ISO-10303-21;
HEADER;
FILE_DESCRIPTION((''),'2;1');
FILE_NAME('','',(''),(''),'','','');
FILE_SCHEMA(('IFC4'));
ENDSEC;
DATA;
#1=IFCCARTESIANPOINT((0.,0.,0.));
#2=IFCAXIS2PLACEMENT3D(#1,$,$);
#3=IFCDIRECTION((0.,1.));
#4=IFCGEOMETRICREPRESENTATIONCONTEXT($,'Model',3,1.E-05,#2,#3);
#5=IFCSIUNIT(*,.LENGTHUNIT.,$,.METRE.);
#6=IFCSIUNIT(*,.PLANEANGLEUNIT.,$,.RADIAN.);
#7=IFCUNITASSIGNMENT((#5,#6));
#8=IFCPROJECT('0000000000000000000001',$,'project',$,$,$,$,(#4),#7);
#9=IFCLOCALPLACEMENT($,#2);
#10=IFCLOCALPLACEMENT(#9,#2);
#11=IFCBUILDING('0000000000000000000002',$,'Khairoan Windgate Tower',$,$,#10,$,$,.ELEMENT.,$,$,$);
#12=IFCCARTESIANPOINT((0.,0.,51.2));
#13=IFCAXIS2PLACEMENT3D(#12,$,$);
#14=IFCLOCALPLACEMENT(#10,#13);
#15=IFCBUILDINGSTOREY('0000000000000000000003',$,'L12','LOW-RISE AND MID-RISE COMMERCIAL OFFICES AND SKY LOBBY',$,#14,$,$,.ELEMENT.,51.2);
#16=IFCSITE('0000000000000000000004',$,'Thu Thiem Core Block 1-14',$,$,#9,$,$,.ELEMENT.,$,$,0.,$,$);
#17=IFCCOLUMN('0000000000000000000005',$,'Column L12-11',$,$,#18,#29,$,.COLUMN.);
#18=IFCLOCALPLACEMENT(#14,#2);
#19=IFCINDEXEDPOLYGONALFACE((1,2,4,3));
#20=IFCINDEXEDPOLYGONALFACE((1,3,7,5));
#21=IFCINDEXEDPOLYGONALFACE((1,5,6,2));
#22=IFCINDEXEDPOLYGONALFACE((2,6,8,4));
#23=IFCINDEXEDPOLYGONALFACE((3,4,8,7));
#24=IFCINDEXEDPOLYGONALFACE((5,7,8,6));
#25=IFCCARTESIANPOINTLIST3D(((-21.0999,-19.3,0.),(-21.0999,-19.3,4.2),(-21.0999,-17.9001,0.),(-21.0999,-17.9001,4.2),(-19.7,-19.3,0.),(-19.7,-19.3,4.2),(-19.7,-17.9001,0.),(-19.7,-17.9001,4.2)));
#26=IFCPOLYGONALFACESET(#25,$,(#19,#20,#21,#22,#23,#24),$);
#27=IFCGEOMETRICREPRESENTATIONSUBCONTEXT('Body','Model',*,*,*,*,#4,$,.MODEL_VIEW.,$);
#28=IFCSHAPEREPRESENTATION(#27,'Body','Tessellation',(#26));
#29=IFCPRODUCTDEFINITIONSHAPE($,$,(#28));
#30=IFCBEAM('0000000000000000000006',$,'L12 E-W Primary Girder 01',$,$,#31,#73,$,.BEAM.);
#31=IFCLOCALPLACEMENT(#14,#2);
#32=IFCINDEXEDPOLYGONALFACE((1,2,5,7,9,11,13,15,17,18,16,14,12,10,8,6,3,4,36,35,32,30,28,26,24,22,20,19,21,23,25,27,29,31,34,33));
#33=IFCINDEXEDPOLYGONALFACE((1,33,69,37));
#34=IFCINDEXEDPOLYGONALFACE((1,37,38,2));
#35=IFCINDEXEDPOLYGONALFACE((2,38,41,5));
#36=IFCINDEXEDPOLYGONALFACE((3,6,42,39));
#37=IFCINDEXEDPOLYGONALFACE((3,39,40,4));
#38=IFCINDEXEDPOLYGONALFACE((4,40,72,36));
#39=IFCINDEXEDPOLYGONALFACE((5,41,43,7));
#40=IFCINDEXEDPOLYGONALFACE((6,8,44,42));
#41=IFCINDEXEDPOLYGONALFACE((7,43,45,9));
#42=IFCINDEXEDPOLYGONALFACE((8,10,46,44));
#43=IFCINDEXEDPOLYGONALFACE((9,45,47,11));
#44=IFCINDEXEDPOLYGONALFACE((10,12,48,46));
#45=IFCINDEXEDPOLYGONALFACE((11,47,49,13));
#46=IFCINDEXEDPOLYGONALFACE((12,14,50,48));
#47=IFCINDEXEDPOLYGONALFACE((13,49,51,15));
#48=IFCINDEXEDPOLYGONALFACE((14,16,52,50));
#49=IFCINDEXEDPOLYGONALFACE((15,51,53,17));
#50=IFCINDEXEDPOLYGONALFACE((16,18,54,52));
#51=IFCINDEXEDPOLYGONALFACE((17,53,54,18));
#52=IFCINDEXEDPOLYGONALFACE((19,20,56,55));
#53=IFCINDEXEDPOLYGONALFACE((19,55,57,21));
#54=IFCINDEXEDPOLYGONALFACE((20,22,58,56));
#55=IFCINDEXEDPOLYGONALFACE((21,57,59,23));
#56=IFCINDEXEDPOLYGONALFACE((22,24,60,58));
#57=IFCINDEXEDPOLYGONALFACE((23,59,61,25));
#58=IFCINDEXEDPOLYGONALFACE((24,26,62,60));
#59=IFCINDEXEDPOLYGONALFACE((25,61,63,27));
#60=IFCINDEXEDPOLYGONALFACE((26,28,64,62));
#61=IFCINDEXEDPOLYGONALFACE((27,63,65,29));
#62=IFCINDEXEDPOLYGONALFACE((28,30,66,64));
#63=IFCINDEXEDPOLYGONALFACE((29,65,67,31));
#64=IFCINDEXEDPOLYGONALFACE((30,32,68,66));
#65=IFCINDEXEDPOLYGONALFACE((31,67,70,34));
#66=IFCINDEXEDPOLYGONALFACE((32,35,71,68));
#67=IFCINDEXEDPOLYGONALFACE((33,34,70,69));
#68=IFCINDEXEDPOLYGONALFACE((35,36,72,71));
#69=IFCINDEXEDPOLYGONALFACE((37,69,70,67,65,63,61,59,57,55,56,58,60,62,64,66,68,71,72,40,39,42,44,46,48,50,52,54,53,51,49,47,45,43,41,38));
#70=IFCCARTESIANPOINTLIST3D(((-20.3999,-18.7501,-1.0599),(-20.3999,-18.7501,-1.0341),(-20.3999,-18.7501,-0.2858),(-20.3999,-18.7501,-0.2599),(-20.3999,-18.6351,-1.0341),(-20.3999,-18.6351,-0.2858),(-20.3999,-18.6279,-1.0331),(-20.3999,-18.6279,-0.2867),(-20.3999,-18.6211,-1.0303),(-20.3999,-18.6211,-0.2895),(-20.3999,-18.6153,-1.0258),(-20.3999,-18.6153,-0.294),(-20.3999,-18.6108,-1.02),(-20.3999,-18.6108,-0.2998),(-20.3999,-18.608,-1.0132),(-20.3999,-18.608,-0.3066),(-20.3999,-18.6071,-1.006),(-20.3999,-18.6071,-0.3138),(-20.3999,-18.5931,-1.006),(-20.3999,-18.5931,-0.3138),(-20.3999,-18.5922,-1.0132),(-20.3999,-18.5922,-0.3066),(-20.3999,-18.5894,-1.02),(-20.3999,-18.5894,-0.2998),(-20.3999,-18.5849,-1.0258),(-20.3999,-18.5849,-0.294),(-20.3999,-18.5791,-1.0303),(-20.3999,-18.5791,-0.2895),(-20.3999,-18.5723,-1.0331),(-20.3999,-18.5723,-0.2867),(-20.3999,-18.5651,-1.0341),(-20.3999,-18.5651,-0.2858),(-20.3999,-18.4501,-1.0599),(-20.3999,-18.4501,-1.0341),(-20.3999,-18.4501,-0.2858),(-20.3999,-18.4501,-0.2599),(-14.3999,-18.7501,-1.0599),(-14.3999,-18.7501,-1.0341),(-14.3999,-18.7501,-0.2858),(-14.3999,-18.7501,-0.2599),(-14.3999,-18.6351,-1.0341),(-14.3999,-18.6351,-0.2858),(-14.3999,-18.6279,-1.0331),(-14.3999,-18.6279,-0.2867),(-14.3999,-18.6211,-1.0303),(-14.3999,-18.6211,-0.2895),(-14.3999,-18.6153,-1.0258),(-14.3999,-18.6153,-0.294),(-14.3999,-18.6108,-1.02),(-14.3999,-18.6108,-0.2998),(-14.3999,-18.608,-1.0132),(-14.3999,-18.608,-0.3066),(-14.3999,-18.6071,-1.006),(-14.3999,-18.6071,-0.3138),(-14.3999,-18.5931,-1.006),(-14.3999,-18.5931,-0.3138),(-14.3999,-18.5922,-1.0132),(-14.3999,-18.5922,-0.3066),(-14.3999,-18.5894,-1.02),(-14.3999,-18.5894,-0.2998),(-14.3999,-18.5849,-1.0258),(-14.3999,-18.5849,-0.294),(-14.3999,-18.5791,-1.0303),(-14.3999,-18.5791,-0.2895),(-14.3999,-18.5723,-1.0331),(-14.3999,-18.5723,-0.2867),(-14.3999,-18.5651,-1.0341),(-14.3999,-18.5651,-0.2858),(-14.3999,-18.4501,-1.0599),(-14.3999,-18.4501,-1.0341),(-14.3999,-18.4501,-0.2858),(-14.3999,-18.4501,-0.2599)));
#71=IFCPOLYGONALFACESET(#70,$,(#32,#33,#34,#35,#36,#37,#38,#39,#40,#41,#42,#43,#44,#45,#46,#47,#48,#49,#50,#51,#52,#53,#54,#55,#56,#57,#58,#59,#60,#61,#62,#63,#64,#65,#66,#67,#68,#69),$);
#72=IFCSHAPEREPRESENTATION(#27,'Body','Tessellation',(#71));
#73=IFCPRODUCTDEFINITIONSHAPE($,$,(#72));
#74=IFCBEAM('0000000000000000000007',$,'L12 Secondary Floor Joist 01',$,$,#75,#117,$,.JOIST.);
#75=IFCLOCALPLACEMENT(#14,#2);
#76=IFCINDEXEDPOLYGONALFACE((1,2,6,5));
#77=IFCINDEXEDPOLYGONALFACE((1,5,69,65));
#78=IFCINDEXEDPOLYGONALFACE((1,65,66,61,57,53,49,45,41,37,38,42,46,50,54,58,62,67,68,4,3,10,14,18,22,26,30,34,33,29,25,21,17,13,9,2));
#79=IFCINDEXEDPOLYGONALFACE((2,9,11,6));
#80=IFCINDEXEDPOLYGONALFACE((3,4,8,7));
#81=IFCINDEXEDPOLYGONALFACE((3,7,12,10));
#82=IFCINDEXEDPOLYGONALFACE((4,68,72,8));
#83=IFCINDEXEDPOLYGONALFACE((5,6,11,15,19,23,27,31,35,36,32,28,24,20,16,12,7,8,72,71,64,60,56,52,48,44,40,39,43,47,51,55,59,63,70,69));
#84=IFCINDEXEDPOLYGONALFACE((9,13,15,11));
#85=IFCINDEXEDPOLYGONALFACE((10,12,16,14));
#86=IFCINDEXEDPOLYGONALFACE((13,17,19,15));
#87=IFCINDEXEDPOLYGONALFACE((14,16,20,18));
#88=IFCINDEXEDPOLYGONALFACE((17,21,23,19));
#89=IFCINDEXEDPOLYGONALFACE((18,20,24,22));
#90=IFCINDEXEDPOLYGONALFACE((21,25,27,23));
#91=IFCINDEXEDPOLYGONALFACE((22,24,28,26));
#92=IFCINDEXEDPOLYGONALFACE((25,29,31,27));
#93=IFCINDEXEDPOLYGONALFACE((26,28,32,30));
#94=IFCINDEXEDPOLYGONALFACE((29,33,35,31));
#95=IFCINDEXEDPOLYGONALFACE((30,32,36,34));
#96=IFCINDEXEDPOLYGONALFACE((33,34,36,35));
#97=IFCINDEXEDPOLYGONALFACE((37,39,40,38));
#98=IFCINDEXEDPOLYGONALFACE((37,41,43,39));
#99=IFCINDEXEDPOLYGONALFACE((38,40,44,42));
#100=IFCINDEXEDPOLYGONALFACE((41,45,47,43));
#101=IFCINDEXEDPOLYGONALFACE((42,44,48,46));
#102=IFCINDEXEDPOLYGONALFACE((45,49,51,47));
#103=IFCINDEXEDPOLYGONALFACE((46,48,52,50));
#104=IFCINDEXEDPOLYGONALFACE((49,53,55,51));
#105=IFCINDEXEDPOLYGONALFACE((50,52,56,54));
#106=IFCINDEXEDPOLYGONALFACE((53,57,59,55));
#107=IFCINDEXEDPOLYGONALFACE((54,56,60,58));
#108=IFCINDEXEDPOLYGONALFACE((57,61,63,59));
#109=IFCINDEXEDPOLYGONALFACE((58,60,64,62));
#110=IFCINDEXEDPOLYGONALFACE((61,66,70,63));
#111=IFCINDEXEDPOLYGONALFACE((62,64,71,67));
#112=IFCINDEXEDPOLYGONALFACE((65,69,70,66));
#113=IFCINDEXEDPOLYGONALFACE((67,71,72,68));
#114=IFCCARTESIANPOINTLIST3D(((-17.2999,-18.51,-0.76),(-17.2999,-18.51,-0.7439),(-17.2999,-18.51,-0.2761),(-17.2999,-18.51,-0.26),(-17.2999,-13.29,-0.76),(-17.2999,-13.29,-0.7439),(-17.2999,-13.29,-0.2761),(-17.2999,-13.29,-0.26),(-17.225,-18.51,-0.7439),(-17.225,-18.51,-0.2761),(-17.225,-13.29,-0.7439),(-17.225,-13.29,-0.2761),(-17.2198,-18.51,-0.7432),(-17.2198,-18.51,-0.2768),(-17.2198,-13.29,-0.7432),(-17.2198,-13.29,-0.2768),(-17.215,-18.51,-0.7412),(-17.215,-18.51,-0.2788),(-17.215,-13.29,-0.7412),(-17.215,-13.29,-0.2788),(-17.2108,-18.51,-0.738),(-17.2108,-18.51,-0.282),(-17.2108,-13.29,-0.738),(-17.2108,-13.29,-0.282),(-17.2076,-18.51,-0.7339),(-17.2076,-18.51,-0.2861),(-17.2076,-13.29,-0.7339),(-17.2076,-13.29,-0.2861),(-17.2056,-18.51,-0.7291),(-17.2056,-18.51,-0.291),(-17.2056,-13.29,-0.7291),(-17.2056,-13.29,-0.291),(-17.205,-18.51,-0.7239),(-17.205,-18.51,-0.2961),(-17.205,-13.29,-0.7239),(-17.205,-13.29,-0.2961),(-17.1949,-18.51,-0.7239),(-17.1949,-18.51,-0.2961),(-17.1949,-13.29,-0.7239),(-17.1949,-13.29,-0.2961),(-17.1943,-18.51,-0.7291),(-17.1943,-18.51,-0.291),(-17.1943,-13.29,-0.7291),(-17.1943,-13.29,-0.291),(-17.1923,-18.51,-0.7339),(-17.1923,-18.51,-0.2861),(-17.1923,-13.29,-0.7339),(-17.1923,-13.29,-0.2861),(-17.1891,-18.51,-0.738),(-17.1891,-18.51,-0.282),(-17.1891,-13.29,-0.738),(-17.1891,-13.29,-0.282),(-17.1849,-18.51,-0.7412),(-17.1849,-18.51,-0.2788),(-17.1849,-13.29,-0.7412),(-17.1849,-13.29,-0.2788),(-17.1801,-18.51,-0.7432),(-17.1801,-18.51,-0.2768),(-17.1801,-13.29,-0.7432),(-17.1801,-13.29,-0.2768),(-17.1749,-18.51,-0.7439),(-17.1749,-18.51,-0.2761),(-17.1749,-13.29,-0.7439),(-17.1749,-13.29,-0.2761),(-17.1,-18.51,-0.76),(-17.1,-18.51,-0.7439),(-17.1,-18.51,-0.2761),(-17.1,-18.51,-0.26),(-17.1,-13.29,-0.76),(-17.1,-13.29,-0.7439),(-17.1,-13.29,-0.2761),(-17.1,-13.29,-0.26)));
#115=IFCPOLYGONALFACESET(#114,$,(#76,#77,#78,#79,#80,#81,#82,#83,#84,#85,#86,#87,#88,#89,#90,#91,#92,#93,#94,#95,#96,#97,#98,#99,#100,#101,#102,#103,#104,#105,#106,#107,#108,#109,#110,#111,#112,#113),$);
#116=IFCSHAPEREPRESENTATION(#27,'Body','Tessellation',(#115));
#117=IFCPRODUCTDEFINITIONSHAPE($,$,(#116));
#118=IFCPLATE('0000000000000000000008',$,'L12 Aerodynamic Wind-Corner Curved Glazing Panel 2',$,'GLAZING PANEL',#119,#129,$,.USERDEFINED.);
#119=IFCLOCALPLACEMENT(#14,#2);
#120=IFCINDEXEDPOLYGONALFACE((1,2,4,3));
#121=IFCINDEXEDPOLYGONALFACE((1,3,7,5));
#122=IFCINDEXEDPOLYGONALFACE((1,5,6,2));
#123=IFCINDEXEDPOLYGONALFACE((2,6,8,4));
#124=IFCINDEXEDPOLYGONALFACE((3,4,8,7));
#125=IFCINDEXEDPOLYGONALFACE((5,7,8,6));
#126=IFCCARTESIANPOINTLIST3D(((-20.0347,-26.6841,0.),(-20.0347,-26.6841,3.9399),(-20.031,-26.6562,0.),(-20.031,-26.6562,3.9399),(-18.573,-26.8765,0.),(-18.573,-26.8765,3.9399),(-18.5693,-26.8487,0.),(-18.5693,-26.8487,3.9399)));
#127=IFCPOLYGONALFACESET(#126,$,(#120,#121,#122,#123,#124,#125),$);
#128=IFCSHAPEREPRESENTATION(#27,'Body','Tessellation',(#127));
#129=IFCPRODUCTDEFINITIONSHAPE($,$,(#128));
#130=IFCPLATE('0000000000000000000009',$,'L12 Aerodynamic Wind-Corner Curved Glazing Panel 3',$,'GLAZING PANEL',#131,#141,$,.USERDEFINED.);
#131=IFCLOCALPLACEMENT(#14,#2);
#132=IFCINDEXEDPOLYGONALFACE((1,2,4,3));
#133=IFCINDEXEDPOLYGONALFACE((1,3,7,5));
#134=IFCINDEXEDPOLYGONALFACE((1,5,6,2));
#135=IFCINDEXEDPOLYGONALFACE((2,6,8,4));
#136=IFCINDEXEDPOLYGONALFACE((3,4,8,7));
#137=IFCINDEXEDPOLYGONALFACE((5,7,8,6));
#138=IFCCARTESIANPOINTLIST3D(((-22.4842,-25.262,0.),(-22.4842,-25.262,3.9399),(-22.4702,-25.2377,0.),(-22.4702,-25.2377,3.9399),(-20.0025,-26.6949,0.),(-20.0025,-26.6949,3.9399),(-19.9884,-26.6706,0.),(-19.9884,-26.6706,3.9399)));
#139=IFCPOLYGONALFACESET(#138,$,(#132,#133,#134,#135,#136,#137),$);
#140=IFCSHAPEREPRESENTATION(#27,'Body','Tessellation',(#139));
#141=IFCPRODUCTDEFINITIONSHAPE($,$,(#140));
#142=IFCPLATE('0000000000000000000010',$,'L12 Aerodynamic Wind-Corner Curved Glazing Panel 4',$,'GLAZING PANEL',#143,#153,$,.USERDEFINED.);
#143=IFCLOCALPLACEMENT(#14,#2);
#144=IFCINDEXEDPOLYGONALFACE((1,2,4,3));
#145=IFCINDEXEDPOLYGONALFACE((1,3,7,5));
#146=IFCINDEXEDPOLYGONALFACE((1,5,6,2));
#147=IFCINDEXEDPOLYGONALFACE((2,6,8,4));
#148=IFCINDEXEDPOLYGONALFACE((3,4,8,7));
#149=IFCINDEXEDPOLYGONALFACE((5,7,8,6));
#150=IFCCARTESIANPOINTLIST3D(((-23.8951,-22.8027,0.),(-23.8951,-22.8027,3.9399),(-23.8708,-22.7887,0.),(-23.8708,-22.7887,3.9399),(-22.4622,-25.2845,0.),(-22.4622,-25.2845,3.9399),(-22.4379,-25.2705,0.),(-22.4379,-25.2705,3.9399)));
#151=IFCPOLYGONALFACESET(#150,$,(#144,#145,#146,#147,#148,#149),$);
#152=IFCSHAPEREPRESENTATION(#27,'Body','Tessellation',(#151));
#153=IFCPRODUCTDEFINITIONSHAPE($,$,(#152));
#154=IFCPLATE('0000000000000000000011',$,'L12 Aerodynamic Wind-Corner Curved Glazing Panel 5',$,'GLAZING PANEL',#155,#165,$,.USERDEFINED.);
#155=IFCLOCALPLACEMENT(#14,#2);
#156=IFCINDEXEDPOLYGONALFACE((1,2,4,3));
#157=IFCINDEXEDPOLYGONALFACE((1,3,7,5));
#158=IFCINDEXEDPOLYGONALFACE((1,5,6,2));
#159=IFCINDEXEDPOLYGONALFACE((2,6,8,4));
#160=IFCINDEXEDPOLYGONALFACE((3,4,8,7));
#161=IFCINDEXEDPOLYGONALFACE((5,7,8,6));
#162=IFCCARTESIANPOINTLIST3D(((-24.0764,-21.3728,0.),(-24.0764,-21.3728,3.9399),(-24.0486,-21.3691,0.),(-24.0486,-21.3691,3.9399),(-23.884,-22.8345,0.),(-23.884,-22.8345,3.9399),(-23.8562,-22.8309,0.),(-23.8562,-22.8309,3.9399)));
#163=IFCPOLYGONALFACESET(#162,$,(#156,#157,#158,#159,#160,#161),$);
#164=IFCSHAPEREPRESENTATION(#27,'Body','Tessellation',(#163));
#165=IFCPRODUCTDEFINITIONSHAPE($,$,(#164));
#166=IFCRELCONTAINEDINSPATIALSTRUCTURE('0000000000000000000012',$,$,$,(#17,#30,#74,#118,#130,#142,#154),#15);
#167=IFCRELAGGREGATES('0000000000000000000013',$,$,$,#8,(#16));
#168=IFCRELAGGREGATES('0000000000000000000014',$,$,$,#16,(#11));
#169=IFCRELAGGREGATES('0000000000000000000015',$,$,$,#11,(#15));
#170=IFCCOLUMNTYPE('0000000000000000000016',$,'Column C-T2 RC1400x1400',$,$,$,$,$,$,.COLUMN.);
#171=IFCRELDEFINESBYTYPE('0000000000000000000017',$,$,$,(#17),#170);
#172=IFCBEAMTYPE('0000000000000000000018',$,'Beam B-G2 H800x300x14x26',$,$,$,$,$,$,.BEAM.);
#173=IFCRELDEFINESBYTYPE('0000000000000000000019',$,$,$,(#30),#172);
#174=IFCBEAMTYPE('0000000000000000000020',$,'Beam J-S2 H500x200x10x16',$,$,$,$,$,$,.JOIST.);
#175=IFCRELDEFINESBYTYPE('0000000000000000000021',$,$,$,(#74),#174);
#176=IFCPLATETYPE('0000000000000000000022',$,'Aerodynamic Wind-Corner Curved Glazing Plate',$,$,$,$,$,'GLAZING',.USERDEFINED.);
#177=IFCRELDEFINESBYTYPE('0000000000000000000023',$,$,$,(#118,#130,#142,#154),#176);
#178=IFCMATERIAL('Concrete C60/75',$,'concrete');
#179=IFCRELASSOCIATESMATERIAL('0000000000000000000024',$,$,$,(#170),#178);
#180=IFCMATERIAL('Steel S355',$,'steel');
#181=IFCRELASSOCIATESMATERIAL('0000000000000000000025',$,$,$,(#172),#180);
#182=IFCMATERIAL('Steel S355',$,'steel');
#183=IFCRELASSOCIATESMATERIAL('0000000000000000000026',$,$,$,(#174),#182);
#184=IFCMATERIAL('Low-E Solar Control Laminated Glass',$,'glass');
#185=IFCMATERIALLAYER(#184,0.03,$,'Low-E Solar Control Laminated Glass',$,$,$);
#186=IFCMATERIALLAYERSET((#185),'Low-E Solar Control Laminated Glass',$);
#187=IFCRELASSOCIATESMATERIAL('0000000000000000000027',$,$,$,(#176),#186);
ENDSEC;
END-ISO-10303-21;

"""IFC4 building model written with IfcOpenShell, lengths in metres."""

from ifc_helpers import new_model, si_unit, direction, frame, origin, origin_2d, place, context, subcontext, project, spatial, rectangle, i_section, extrude, material, layer, layer_set, material_profile, profile_set, type_object, element, save


model = new_model("IFC4")

# Units and contexts
model_context = context("Model", 3, precision=1e-05, world=origin(), true_north=direction((0.0, 1.0)))
body_context = subcontext(model_context, "Body", "Model", "MODEL_VIEW")
ifc_project = project(units=[si_unit("LENGTHUNIT", "METRE"), si_unit("PLANEANGLEUNIT", "RADIAN")], contexts=[model_context])

# Site, building, storey
site_placement = place(None, origin())
site = spatial("IfcSite", under=ifc_project, at=site_placement, Name="Thu Thiem Core Block 1-14", CompositionType="ELEMENT", RefElevation=0.0)
building_placement = place(site_placement, origin())
building = spatial("IfcBuilding", under=site, at=building_placement, Name="Khairoan Windgate Tower", CompositionType="ELEMENT")
storey_placement = place(building_placement, frame((0.0, 0.0, 51.2)))
storey = spatial("IfcBuildingStorey", under=building, at=storey_placement, Name="L12", Description="LOW-RISE AND MID-RISE COMMERCIAL OFFICES AND SKY LOBBY", CompositionType="ELEMENT", Elevation=51.2)

# Column
ifc_material_1 = material(Name="Concrete C60/75", Category="concrete")
ifc_material_profile_1 = material_profile(ifc_material_1, rectangle(XDim=1.3999, YDim=1.3999, at=origin_2d()))
ifc_profile_set_1 = profile_set([ifc_material_profile_1], Name="Concrete C60/75")
column_type = type_object("IfcColumnType", Name="Column C-T2 RC1400x1400", PredefinedType="COLUMN", material=ifc_profile_set_1)
column_placement = place(storey_placement, frame((-20.3999, -18.6001, 0.0), z_axis=(0.0, 0.0, 1.0), x_axis=(1.0, 0.0, 0.0)))
element("IfcColumn", 1, at=column_placement, inside=storey, type_object=column_type, Name="Column L12-11", PredefinedType="COLUMN", context=body_context, shape_type="SweptSolid", body=[
    extrude(rectangle(XDim=1.3999, YDim=1.3999, at=origin_2d()), origin(), (0.0, 0.0, 1.0), 4.2),
])

# Beams
ifc_material_2 = material(Name="Steel S355", Category="steel")
ifc_material_profile_2 = material_profile(ifc_material_2, i_section(OverallWidth=0.3, OverallDepth=0.8, WebThickness=0.0139, FlangeThickness=0.0259, FilletRadius=0.0281, at=origin_2d()))
ifc_profile_set_2 = profile_set([ifc_material_profile_2], Name="Steel S355")
beam_type_1 = type_object("IfcBeamType", Name="Beam B-G2 H800x300x14x26", PredefinedType="BEAM", material=ifc_profile_set_2)
beam_1_placement = place(storey_placement, frame((-20.3999, -18.6001, -0.6599), z_axis=(1.0, 0.0, 0.0), x_axis=(0.0, 1.0, 0.0)))
element("IfcBeam", 2, at=beam_1_placement, inside=storey, type_object=beam_type_1, Name="L12 E-W Primary Girder 01", PredefinedType="BEAM", context=body_context, shape_type="SweptSolid", body=[
    extrude(i_section(OverallWidth=0.3, OverallDepth=0.8, WebThickness=0.0139, FlangeThickness=0.0259, FilletRadius=0.0281, at=origin_2d()), origin(), (0.0, 0.0, 1.0), 6.0),
])
ifc_material_3 = material(Name="Steel S355", Category="steel")
ifc_material_profile_3 = material_profile(ifc_material_3, i_section(OverallWidth=0.2, OverallDepth=0.5, WebThickness=0.01, FlangeThickness=0.0161, FilletRadius=0.02, at=origin_2d()))
ifc_profile_set_3 = profile_set([ifc_material_profile_3], Name="Steel S355")
beam_type_2 = type_object("IfcBeamType", Name="Beam J-S2 H500x200x10x16", PredefinedType="JOIST", material=ifc_profile_set_3)
beam_2_placement = place(storey_placement, frame((-17.2, -18.51, -0.51), z_axis=(0.0, 1.0, 0.0), x_axis=(-1.0, 0.0, 0.0)))
element("IfcBeam", 3, at=beam_2_placement, inside=storey, type_object=beam_type_2, Name="L12 Secondary Floor Joist 01", PredefinedType="JOIST", context=body_context, shape_type="SweptSolid", body=[
    extrude(i_section(OverallWidth=0.2, OverallDepth=0.5, WebThickness=0.01, FlangeThickness=0.0161, FilletRadius=0.02, at=origin_2d()), origin(), (0.0, 0.0, 1.0), 5.22),
])

# Plates
ifc_material_4 = material(Name="Low-E Solar Control Laminated Glass", Category="glass")
ifc_layer_1 = layer(ifc_material_4, 0.03, Name="Low-E Solar Control Laminated Glass")
ifc_layer_set_1 = layer_set([ifc_layer_1], Name="Low-E Solar Control Laminated Glass")
plate_type_1 = type_object("IfcPlateType", Name="Aerodynamic Wind-Corner Curved Glazing Plate", ElementType="GLAZING", PredefinedType="USERDEFINED", material=ifc_layer_set_1)
plate_1_placement = place(storey_placement, frame((-19.302, -26.7664, 0.0), z_axis=(0.0, 0.0, 1.0), x_axis=(-0.991445, 0.130526, 0.0)))
element("IfcPlate", 4, at=plate_1_placement, inside=storey, type_object=plate_type_1, Name="L12 Aerodynamic Wind-Corner Curved Glazing Panel 2", ObjectType="GLAZING PANEL", PredefinedType="USERDEFINED", context=body_context, shape_type="SweptSolid", body=[
    extrude(rectangle(XDim=1.4744, YDim=0.0281, at=origin_2d()), origin(), (0.0, 0.0, 1.0), 3.9399),
])
for number, where, z_axis, x_axis, name in (
    (5, (-21.2363, -25.9663, 0.0), (0.0, 0.0, 1.0), (-0.866025, 0.5, 0.0), "L12 Aerodynamic Wind-Corner Curved Glazing Panel 3"),
    (6, (-23.1665, -24.0366, 0.0), (0.0, 0.0, 1.0), (-0.5, 0.866025, 0.0), "L12 Aerodynamic Wind-Corner Curved Glazing Panel 4"),
):
    element("IfcPlate", number, at=place(storey_placement, frame(where, z_axis=z_axis, x_axis=x_axis)), inside=storey, type_object=plate_type_1, Name=name, ObjectType="GLAZING PANEL", PredefinedType="USERDEFINED", context=body_context, shape_type="SweptSolid", body=[
        extrude(rectangle(XDim=2.8657, YDim=0.0281, at=origin_2d()), origin(), (0.0, 0.0, 1.0), 3.9399),
    ])
plate_2_placement = place(storey_placement, frame((-23.9663, -22.1018, 0.0), z_axis=(0.0, 0.0, 1.0), x_axis=(-0.130526, 0.991445, 0.0)))
element("IfcPlate", 7, at=plate_2_placement, inside=storey, type_object=plate_type_1, Name="L12 Aerodynamic Wind-Corner Curved Glazing Panel 5", ObjectType="GLAZING PANEL", PredefinedType="USERDEFINED", context=body_context, shape_type="SweptSolid", body=[
    extrude(rectangle(XDim=1.4744, YDim=0.0281, at=origin_2d()), origin(), (0.0, 0.0, 1.0), 3.9399),
])

save(model, "model.ifc")
